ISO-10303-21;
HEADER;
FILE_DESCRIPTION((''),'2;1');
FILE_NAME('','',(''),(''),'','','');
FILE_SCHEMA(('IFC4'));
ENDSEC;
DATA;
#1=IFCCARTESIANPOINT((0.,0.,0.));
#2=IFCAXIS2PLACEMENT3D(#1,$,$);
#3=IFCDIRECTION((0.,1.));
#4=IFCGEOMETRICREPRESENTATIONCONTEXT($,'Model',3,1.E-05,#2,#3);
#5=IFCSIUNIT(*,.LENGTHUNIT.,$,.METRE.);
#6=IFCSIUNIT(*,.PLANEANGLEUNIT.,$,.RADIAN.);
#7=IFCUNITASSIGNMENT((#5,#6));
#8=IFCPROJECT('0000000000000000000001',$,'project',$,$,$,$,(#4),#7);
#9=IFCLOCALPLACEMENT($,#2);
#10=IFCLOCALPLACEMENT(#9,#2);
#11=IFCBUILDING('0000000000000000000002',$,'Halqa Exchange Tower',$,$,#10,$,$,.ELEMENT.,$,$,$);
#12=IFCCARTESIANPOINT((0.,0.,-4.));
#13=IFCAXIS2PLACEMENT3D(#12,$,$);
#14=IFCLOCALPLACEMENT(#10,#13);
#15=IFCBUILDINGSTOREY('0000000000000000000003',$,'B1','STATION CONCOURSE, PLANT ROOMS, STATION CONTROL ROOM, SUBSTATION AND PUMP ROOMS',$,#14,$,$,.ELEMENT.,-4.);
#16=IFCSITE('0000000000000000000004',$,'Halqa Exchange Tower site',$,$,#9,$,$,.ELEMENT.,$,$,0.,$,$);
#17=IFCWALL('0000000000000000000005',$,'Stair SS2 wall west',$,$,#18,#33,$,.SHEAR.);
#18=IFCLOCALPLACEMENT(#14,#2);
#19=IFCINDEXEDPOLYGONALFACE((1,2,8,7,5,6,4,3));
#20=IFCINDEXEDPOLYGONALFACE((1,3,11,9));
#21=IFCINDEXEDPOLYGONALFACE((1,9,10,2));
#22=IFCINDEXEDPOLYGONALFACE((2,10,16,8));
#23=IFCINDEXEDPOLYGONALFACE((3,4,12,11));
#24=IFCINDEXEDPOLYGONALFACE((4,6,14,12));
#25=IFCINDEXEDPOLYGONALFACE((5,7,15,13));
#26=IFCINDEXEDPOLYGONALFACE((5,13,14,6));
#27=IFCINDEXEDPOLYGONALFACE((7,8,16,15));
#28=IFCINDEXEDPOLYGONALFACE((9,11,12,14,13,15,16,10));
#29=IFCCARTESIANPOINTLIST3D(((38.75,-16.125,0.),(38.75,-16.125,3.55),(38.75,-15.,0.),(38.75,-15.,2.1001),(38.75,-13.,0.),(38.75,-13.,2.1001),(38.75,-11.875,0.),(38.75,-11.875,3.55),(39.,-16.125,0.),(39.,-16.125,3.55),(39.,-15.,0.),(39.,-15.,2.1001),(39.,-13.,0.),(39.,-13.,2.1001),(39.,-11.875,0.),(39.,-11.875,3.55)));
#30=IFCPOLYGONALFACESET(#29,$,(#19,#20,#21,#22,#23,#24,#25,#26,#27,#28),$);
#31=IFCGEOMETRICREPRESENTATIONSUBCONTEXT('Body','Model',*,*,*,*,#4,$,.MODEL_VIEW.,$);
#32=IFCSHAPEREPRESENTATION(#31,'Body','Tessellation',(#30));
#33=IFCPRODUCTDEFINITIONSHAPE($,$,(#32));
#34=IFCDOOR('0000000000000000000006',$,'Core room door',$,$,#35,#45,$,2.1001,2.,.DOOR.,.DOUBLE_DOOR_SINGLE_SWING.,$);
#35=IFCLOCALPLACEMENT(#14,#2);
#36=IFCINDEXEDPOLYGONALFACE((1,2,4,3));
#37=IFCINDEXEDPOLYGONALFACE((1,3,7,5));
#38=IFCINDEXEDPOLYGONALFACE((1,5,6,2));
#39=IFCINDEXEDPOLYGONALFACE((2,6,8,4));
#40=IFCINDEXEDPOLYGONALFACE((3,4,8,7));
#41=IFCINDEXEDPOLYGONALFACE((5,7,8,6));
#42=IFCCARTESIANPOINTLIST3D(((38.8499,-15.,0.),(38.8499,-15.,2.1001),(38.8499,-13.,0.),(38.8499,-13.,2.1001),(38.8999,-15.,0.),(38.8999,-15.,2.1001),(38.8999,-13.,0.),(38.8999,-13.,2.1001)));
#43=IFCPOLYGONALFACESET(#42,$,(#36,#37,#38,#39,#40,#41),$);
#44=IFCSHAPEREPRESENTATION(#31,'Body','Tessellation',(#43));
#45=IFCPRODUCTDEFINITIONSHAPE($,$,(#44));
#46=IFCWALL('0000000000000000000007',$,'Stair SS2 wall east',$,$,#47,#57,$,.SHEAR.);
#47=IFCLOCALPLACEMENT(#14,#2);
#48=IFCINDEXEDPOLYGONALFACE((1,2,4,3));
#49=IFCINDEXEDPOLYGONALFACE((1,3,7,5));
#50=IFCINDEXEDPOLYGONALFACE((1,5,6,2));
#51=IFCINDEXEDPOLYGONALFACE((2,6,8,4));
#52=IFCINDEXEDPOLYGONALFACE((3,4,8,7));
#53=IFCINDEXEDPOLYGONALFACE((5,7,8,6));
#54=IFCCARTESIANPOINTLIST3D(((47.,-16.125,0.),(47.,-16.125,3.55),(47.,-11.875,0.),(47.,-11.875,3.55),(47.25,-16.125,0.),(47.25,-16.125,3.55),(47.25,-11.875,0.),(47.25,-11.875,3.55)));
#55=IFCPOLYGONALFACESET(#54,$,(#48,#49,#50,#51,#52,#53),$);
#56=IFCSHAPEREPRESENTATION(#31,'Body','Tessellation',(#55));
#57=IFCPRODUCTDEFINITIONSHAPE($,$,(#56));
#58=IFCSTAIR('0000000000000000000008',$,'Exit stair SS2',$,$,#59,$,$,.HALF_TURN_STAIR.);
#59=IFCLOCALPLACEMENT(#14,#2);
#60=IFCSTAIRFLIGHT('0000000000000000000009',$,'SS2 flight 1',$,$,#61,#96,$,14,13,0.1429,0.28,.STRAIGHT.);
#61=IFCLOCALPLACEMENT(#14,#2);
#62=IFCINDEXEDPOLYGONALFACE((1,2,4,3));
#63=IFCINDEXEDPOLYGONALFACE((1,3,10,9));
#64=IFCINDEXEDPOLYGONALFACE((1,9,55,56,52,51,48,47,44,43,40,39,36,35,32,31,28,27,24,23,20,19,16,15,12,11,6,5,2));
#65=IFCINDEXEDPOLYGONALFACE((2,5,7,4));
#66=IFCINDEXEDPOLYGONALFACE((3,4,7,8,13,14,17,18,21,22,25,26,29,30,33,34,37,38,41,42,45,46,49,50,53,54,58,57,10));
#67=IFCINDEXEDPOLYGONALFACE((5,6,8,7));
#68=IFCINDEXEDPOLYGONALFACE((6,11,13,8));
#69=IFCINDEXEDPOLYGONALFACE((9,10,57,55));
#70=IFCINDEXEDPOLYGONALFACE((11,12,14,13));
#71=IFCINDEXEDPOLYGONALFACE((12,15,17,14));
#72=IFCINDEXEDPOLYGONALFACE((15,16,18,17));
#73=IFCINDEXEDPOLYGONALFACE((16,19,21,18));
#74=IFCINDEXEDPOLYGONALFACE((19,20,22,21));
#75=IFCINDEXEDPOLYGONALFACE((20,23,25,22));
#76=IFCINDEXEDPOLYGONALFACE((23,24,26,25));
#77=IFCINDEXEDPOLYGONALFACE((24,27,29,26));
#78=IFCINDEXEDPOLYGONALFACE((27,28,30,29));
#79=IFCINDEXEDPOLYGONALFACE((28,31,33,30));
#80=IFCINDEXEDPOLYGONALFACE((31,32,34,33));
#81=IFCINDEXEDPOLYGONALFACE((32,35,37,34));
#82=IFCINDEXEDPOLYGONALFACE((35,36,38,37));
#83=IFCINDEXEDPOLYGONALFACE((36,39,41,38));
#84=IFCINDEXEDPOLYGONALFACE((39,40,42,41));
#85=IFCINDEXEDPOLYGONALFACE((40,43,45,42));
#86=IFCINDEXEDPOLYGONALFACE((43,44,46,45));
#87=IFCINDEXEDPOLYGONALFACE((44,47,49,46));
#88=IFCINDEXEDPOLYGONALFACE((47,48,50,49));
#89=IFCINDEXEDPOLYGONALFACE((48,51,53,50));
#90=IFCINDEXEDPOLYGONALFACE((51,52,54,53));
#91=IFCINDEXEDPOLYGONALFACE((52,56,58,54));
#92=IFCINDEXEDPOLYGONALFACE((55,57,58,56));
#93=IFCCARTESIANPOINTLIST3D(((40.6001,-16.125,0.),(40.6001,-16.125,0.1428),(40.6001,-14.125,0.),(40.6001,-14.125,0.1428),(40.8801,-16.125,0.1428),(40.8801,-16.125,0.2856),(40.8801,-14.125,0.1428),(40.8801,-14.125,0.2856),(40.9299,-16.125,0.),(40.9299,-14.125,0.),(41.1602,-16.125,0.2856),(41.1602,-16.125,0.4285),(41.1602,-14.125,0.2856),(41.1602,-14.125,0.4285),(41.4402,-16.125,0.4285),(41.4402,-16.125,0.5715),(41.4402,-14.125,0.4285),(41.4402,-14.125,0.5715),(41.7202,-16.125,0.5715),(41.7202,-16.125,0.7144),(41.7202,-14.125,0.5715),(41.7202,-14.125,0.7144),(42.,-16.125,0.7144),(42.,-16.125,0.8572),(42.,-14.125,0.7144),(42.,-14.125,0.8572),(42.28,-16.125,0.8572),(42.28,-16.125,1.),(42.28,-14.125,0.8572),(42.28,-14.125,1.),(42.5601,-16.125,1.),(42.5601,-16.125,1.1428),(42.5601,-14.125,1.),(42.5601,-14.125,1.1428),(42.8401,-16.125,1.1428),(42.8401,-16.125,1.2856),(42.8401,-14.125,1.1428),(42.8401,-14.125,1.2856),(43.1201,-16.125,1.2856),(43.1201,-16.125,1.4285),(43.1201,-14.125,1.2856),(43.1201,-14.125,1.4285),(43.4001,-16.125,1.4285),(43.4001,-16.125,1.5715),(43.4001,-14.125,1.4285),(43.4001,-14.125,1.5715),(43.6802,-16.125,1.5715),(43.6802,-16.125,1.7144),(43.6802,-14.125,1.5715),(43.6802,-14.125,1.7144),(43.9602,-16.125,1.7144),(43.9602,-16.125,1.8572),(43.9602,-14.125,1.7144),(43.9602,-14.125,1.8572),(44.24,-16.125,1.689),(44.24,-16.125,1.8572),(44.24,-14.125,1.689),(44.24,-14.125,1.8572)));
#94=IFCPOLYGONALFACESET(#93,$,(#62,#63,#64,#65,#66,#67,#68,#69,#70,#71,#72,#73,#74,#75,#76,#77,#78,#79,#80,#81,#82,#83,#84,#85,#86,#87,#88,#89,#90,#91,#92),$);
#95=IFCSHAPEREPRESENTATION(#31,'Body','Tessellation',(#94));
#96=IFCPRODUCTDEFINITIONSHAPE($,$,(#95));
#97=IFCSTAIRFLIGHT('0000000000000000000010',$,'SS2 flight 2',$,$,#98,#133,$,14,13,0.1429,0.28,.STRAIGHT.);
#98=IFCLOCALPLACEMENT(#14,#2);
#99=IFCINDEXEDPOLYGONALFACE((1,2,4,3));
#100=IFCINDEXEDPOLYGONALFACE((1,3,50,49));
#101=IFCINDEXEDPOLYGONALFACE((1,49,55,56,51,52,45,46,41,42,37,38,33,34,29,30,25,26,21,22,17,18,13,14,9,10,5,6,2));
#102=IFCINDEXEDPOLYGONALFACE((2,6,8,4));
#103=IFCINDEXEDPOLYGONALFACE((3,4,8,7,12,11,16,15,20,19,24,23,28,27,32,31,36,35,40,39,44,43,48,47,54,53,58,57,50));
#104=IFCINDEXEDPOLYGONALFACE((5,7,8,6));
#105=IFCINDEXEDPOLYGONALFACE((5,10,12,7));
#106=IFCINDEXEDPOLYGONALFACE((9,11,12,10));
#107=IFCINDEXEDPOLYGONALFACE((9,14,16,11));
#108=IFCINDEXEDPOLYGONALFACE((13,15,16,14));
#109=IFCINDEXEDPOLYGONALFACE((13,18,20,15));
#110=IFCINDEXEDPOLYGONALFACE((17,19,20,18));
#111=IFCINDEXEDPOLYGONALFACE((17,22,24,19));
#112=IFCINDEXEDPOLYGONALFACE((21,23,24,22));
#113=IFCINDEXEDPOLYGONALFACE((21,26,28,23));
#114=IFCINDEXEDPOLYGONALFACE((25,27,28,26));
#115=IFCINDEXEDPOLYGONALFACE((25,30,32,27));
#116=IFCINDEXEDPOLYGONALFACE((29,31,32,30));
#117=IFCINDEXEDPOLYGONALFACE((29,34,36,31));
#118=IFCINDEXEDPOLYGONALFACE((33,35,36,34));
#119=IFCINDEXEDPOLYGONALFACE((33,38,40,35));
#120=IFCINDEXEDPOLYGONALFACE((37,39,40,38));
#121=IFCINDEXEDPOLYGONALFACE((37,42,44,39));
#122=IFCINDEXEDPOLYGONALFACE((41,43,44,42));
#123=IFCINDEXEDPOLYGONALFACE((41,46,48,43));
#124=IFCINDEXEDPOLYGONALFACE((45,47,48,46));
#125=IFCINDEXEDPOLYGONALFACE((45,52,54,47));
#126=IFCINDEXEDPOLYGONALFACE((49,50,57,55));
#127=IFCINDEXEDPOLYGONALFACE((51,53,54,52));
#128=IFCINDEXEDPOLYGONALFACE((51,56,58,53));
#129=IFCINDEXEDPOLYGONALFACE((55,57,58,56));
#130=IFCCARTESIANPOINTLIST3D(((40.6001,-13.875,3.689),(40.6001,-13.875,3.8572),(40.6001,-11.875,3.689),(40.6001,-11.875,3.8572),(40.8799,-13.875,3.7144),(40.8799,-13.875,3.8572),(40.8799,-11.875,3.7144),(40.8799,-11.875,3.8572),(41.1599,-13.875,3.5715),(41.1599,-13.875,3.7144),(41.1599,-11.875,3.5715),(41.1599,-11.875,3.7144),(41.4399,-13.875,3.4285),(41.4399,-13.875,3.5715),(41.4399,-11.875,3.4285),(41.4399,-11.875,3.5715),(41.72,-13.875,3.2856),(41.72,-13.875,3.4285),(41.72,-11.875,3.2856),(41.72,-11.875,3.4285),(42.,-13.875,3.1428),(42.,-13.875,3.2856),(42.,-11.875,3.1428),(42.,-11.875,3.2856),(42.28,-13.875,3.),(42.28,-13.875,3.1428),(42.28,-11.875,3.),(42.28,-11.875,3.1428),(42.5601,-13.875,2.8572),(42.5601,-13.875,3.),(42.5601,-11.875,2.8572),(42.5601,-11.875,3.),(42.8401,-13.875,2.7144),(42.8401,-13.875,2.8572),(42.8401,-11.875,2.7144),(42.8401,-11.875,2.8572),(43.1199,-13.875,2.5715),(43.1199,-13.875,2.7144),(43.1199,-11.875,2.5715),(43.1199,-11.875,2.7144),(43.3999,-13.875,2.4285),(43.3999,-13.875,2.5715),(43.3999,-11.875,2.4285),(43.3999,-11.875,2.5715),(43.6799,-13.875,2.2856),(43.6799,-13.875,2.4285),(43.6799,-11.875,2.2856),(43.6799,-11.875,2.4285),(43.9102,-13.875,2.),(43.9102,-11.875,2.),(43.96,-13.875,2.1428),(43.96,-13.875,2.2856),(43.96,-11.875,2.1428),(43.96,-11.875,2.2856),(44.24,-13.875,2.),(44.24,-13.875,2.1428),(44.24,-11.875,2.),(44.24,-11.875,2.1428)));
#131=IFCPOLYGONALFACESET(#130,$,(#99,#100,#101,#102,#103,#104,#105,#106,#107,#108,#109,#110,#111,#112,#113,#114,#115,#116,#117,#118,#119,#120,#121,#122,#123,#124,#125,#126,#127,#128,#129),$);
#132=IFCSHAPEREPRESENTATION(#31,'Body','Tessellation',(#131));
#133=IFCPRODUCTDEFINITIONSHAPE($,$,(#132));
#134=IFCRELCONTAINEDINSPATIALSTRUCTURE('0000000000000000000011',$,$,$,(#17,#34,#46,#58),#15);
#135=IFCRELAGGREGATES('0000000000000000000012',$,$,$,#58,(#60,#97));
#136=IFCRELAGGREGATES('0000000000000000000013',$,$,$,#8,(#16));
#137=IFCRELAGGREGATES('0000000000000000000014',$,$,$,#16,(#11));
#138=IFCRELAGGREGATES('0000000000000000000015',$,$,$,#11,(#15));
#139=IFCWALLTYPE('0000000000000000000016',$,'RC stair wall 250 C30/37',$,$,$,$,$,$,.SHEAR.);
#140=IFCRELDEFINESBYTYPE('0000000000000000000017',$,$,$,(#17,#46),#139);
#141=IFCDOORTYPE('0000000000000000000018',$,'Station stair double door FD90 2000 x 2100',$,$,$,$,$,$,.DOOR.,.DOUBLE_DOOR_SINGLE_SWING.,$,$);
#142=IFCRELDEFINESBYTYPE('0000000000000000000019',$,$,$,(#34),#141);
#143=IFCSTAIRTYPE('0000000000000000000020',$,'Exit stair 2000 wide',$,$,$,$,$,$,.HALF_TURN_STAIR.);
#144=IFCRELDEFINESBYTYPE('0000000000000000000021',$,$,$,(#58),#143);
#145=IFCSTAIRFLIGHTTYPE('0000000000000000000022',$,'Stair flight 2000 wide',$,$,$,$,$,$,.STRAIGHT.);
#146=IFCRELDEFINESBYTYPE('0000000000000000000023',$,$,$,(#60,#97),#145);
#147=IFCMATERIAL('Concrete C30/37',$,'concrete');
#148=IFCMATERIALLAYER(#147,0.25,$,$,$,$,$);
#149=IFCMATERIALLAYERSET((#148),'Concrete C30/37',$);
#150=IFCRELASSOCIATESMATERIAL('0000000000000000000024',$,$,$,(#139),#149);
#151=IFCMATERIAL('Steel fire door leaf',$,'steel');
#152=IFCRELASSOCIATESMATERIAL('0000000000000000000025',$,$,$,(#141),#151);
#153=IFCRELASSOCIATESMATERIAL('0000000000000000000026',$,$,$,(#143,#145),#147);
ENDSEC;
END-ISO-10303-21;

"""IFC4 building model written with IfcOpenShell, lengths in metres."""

from ifc_helpers import new_model, si_unit, direction, frame, frame_2d, origin, place, context, subcontext, project, spatial, polyline, rectangle, outline, extrude, material, layer, layer_set, type_object, element, fill, aggregate, save


model = new_model("IFC4")

# Units and contexts
model_context = context("Model", 3, precision=1e-05, world=origin(), true_north=direction((0.0, 1.0)))
body_context = subcontext(model_context, "Body", "Model", "MODEL_VIEW")
ifc_project = project(units=[si_unit("LENGTHUNIT", "METRE"), si_unit("PLANEANGLEUNIT", "RADIAN")], contexts=[model_context])

# Site, building, storey
site_placement = place(None, origin())
site = spatial("IfcSite", under=ifc_project, at=site_placement, Name="Halqa Exchange Tower site", CompositionType="ELEMENT", RefElevation=0.0)
building_placement = place(site_placement, origin())
building = spatial("IfcBuilding", under=site, at=building_placement, Name="Halqa Exchange Tower", CompositionType="ELEMENT")
storey_placement = place(building_placement, frame((0.0, 0.0, -4.0)))
storey = spatial("IfcBuildingStorey", under=building, at=storey_placement, Name="B1", Description="STATION CONCOURSE, PLANT ROOMS, STATION CONTROL ROOM, SUBSTATION AND PUMP ROOMS", CompositionType="ELEMENT", Elevation=-4.0)

# Shared definitions
ifc_material_1 = material(Name="Steel fire door leaf", Category="steel")

# Shared definitions
ifc_material_2 = material(Name="Concrete C30/37", Category="concrete")
ifc_layer_1 = layer(ifc_material_2, 0.25)
ifc_layer_set_1 = layer_set([ifc_layer_1], Name="Concrete C30/37")
wall_type_1 = type_object("IfcWallType", Name="RC stair wall 250 C30/37", PredefinedType="SHEAR", material=ifc_layer_set_1)

# Wall, opening, door
wall_1_placement = place(storey_placement, frame((38.875, -16.125, 0.0), z_axis=(0.0, 0.0, 1.0), x_axis=(0.0, 1.0, 0.0)))
wall_1 = element("IfcWall", 1, at=wall_1_placement, inside=storey, type_object=wall_type_1, Name="Stair SS2 wall west", PredefinedType="SHEAR", context=body_context, shape_type="SweptSolid", body=[
    extrude(rectangle(XDim=4.25, YDim=0.25, at=frame_2d((2.125, 0.0))), origin(), (0.0, 0.0, 1.0), 3.55),
])
opening_1_placement = place(wall_1_placement, frame((1.125, 0.0, 0.0)))
opening_1 = element("IfcOpeningElement", 2, at=opening_1_placement, cuts=wall_1, PredefinedType="OPENING", context=body_context, shape_type="SweptSolid", body=[
    extrude(rectangle(XDim=2.0, YDim=2.1001, at=frame_2d((1.0, 1.05))), frame((0.0, 0.137, 0.0), z_axis=(0.0, -1.0, 0.0), x_axis=(1.0, 0.0, 0.0)), (0.0, 0.0, 1.0), 0.2739),
])
door_type_1 = type_object("IfcDoorType", Name="Station stair double door FD90 2000 x 2100", OperationType="DOUBLE_DOOR_SINGLE_SWING", PredefinedType="DOOR", material=ifc_material_1)
door_1_placement = place(opening_1_placement, frame((2.0, 0.0, 0.0), z_axis=(0.0, 0.0, 1.0), x_axis=(-1.0, 0.0, 0.0)))
door_1 = element("IfcDoor", 3, at=door_1_placement, inside=storey, type_object=door_type_1, Name="Core room door", OperationType="DOUBLE_DOOR_SINGLE_SWING", OverallHeight=2.1001, OverallWidth=2.0, PredefinedType="DOOR", context=body_context, shape_type="SweptSolid", body=[
    extrude(rectangle(XDim=2.0, YDim=2.1001, at=frame_2d((1.0, 1.05))), frame((0.0, 0.0249, 0.0), z_axis=(0.0, -1.0, 0.0), x_axis=(1.0, 0.0, 0.0)), (0.0, 0.0, 1.0), 0.05),
])
fill(opening_1, door_1)

# Wall
wall_2_placement = place(storey_placement, frame((47.125, -16.125, 0.0), z_axis=(0.0, 0.0, 1.0), x_axis=(0.0, 1.0, 0.0)))
element("IfcWall", 4, at=wall_2_placement, inside=storey, type_object=wall_type_1, Name="Stair SS2 wall east", PredefinedType="SHEAR", context=body_context, shape_type="SweptSolid", body=[
    extrude(rectangle(XDim=4.25, YDim=0.25, at=frame_2d((2.125, 0.0))), origin(), (0.0, 0.0, 1.0), 3.55),
])

# Stair, stair flights
stair_type = type_object("IfcStairType", Name="Exit stair 2000 wide", PredefinedType="HALF_TURN_STAIR", material=ifc_material_2)
stair_placement = place(storey_placement, origin())
stair = element("IfcStair", 5, at=stair_placement, inside=storey, type_object=stair_type, Name="Exit stair SS2", PredefinedType="HALF_TURN_STAIR")
stair_flight_type = type_object("IfcStairFlightType", Name="Stair flight 2000 wide", PredefinedType="STRAIGHT", material=ifc_material_2)
stair_flight_1_placement = place(storey_placement, frame((40.6001, -15.125, 0.0), z_axis=(0.0, 0.0, 1.0), x_axis=(1.0, 0.0, 0.0)))
stair_flight_1 = element("IfcStairFlight", 6, at=stair_flight_1_placement, type_object=stair_flight_type, Name="SS2 flight 1", NumberOfRisers=14, NumberOfTreads=13, PredefinedType="STRAIGHT", RiserHeight=0.1429, TreadLength=0.28, context=body_context, shape_type="SweptSolid", body=[
    extrude(outline(polyline([(0.0, 0.0), (0.0, 0.1428), (0.28, 0.1428), (0.28, 0.2856), (0.5601, 0.2856), (0.5601, 0.4285), (0.8401, 0.4285), (0.8401, 0.5715), (1.1201, 0.5715), (1.1201, 0.7144), (1.3999, 0.7144), (1.3999, 0.8572), (1.6799, 0.8572), (1.6799, 1.0), (1.96, 1.0), (1.96, 1.1428), (2.24, 1.1428), (2.24, 1.2856), (2.52, 1.2856), (2.52, 1.4285), (2.8, 1.4285), (2.8, 1.5715), (3.0801, 1.5715), (3.0801, 1.7144), (3.3601, 1.7144), (3.3601, 1.8572), (3.6399, 1.8572), (3.6399, 2.0), (3.6399, 1.689), (0.3298, 0.0), (0.0, 0.0)])), frame((0.0, 1.0, 0.0), z_axis=(0.0, -1.0, 0.0), x_axis=(1.0, 0.0, 0.0)), (0.0, 0.0, 1.0), 2.0),
])
stair_flight_2_placement = place(storey_placement, frame((44.24, -12.875, 2.0), z_axis=(0.0, 0.0, 1.0), x_axis=(-1.0, 0.0, 0.0)))
stair_flight_2 = element("IfcStairFlight", 7, at=stair_flight_2_placement, type_object=stair_flight_type, Name="SS2 flight 2", NumberOfRisers=14, NumberOfTreads=13, PredefinedType="STRAIGHT", RiserHeight=0.1429, TreadLength=0.28, context=body_context, shape_type="SweptSolid", body=[
    extrude(outline(polyline([(0.0, 0.0), (0.0, 0.1428), (0.28, 0.1428), (0.28, 0.2856), (0.5601, 0.2856), (0.5601, 0.4285), (0.8401, 0.4285), (0.8401, 0.5715), (1.1201, 0.5715), (1.1201, 0.7144), (1.3999, 0.7144), (1.3999, 0.8572), (1.6799, 0.8572), (1.6799, 1.0), (1.96, 1.0), (1.96, 1.1428), (2.24, 1.1428), (2.24, 1.2856), (2.52, 1.2856), (2.52, 1.4285), (2.8, 1.4285), (2.8, 1.5715), (3.0801, 1.5715), (3.0801, 1.7144), (3.3601, 1.7144), (3.3601, 1.8572), (3.6399, 1.8572), (3.6399, 2.0), (3.6399, 1.689), (0.3298, 0.0), (0.0, 0.0)])), frame((0.0, 1.0, 0.0), z_axis=(0.0, -1.0, 0.0), x_axis=(1.0, 0.0, 0.0)), (0.0, 0.0, 1.0), 2.0),
])
aggregate(stair, [stair_flight_1, stair_flight_2])

save(model, "model.ifc")
